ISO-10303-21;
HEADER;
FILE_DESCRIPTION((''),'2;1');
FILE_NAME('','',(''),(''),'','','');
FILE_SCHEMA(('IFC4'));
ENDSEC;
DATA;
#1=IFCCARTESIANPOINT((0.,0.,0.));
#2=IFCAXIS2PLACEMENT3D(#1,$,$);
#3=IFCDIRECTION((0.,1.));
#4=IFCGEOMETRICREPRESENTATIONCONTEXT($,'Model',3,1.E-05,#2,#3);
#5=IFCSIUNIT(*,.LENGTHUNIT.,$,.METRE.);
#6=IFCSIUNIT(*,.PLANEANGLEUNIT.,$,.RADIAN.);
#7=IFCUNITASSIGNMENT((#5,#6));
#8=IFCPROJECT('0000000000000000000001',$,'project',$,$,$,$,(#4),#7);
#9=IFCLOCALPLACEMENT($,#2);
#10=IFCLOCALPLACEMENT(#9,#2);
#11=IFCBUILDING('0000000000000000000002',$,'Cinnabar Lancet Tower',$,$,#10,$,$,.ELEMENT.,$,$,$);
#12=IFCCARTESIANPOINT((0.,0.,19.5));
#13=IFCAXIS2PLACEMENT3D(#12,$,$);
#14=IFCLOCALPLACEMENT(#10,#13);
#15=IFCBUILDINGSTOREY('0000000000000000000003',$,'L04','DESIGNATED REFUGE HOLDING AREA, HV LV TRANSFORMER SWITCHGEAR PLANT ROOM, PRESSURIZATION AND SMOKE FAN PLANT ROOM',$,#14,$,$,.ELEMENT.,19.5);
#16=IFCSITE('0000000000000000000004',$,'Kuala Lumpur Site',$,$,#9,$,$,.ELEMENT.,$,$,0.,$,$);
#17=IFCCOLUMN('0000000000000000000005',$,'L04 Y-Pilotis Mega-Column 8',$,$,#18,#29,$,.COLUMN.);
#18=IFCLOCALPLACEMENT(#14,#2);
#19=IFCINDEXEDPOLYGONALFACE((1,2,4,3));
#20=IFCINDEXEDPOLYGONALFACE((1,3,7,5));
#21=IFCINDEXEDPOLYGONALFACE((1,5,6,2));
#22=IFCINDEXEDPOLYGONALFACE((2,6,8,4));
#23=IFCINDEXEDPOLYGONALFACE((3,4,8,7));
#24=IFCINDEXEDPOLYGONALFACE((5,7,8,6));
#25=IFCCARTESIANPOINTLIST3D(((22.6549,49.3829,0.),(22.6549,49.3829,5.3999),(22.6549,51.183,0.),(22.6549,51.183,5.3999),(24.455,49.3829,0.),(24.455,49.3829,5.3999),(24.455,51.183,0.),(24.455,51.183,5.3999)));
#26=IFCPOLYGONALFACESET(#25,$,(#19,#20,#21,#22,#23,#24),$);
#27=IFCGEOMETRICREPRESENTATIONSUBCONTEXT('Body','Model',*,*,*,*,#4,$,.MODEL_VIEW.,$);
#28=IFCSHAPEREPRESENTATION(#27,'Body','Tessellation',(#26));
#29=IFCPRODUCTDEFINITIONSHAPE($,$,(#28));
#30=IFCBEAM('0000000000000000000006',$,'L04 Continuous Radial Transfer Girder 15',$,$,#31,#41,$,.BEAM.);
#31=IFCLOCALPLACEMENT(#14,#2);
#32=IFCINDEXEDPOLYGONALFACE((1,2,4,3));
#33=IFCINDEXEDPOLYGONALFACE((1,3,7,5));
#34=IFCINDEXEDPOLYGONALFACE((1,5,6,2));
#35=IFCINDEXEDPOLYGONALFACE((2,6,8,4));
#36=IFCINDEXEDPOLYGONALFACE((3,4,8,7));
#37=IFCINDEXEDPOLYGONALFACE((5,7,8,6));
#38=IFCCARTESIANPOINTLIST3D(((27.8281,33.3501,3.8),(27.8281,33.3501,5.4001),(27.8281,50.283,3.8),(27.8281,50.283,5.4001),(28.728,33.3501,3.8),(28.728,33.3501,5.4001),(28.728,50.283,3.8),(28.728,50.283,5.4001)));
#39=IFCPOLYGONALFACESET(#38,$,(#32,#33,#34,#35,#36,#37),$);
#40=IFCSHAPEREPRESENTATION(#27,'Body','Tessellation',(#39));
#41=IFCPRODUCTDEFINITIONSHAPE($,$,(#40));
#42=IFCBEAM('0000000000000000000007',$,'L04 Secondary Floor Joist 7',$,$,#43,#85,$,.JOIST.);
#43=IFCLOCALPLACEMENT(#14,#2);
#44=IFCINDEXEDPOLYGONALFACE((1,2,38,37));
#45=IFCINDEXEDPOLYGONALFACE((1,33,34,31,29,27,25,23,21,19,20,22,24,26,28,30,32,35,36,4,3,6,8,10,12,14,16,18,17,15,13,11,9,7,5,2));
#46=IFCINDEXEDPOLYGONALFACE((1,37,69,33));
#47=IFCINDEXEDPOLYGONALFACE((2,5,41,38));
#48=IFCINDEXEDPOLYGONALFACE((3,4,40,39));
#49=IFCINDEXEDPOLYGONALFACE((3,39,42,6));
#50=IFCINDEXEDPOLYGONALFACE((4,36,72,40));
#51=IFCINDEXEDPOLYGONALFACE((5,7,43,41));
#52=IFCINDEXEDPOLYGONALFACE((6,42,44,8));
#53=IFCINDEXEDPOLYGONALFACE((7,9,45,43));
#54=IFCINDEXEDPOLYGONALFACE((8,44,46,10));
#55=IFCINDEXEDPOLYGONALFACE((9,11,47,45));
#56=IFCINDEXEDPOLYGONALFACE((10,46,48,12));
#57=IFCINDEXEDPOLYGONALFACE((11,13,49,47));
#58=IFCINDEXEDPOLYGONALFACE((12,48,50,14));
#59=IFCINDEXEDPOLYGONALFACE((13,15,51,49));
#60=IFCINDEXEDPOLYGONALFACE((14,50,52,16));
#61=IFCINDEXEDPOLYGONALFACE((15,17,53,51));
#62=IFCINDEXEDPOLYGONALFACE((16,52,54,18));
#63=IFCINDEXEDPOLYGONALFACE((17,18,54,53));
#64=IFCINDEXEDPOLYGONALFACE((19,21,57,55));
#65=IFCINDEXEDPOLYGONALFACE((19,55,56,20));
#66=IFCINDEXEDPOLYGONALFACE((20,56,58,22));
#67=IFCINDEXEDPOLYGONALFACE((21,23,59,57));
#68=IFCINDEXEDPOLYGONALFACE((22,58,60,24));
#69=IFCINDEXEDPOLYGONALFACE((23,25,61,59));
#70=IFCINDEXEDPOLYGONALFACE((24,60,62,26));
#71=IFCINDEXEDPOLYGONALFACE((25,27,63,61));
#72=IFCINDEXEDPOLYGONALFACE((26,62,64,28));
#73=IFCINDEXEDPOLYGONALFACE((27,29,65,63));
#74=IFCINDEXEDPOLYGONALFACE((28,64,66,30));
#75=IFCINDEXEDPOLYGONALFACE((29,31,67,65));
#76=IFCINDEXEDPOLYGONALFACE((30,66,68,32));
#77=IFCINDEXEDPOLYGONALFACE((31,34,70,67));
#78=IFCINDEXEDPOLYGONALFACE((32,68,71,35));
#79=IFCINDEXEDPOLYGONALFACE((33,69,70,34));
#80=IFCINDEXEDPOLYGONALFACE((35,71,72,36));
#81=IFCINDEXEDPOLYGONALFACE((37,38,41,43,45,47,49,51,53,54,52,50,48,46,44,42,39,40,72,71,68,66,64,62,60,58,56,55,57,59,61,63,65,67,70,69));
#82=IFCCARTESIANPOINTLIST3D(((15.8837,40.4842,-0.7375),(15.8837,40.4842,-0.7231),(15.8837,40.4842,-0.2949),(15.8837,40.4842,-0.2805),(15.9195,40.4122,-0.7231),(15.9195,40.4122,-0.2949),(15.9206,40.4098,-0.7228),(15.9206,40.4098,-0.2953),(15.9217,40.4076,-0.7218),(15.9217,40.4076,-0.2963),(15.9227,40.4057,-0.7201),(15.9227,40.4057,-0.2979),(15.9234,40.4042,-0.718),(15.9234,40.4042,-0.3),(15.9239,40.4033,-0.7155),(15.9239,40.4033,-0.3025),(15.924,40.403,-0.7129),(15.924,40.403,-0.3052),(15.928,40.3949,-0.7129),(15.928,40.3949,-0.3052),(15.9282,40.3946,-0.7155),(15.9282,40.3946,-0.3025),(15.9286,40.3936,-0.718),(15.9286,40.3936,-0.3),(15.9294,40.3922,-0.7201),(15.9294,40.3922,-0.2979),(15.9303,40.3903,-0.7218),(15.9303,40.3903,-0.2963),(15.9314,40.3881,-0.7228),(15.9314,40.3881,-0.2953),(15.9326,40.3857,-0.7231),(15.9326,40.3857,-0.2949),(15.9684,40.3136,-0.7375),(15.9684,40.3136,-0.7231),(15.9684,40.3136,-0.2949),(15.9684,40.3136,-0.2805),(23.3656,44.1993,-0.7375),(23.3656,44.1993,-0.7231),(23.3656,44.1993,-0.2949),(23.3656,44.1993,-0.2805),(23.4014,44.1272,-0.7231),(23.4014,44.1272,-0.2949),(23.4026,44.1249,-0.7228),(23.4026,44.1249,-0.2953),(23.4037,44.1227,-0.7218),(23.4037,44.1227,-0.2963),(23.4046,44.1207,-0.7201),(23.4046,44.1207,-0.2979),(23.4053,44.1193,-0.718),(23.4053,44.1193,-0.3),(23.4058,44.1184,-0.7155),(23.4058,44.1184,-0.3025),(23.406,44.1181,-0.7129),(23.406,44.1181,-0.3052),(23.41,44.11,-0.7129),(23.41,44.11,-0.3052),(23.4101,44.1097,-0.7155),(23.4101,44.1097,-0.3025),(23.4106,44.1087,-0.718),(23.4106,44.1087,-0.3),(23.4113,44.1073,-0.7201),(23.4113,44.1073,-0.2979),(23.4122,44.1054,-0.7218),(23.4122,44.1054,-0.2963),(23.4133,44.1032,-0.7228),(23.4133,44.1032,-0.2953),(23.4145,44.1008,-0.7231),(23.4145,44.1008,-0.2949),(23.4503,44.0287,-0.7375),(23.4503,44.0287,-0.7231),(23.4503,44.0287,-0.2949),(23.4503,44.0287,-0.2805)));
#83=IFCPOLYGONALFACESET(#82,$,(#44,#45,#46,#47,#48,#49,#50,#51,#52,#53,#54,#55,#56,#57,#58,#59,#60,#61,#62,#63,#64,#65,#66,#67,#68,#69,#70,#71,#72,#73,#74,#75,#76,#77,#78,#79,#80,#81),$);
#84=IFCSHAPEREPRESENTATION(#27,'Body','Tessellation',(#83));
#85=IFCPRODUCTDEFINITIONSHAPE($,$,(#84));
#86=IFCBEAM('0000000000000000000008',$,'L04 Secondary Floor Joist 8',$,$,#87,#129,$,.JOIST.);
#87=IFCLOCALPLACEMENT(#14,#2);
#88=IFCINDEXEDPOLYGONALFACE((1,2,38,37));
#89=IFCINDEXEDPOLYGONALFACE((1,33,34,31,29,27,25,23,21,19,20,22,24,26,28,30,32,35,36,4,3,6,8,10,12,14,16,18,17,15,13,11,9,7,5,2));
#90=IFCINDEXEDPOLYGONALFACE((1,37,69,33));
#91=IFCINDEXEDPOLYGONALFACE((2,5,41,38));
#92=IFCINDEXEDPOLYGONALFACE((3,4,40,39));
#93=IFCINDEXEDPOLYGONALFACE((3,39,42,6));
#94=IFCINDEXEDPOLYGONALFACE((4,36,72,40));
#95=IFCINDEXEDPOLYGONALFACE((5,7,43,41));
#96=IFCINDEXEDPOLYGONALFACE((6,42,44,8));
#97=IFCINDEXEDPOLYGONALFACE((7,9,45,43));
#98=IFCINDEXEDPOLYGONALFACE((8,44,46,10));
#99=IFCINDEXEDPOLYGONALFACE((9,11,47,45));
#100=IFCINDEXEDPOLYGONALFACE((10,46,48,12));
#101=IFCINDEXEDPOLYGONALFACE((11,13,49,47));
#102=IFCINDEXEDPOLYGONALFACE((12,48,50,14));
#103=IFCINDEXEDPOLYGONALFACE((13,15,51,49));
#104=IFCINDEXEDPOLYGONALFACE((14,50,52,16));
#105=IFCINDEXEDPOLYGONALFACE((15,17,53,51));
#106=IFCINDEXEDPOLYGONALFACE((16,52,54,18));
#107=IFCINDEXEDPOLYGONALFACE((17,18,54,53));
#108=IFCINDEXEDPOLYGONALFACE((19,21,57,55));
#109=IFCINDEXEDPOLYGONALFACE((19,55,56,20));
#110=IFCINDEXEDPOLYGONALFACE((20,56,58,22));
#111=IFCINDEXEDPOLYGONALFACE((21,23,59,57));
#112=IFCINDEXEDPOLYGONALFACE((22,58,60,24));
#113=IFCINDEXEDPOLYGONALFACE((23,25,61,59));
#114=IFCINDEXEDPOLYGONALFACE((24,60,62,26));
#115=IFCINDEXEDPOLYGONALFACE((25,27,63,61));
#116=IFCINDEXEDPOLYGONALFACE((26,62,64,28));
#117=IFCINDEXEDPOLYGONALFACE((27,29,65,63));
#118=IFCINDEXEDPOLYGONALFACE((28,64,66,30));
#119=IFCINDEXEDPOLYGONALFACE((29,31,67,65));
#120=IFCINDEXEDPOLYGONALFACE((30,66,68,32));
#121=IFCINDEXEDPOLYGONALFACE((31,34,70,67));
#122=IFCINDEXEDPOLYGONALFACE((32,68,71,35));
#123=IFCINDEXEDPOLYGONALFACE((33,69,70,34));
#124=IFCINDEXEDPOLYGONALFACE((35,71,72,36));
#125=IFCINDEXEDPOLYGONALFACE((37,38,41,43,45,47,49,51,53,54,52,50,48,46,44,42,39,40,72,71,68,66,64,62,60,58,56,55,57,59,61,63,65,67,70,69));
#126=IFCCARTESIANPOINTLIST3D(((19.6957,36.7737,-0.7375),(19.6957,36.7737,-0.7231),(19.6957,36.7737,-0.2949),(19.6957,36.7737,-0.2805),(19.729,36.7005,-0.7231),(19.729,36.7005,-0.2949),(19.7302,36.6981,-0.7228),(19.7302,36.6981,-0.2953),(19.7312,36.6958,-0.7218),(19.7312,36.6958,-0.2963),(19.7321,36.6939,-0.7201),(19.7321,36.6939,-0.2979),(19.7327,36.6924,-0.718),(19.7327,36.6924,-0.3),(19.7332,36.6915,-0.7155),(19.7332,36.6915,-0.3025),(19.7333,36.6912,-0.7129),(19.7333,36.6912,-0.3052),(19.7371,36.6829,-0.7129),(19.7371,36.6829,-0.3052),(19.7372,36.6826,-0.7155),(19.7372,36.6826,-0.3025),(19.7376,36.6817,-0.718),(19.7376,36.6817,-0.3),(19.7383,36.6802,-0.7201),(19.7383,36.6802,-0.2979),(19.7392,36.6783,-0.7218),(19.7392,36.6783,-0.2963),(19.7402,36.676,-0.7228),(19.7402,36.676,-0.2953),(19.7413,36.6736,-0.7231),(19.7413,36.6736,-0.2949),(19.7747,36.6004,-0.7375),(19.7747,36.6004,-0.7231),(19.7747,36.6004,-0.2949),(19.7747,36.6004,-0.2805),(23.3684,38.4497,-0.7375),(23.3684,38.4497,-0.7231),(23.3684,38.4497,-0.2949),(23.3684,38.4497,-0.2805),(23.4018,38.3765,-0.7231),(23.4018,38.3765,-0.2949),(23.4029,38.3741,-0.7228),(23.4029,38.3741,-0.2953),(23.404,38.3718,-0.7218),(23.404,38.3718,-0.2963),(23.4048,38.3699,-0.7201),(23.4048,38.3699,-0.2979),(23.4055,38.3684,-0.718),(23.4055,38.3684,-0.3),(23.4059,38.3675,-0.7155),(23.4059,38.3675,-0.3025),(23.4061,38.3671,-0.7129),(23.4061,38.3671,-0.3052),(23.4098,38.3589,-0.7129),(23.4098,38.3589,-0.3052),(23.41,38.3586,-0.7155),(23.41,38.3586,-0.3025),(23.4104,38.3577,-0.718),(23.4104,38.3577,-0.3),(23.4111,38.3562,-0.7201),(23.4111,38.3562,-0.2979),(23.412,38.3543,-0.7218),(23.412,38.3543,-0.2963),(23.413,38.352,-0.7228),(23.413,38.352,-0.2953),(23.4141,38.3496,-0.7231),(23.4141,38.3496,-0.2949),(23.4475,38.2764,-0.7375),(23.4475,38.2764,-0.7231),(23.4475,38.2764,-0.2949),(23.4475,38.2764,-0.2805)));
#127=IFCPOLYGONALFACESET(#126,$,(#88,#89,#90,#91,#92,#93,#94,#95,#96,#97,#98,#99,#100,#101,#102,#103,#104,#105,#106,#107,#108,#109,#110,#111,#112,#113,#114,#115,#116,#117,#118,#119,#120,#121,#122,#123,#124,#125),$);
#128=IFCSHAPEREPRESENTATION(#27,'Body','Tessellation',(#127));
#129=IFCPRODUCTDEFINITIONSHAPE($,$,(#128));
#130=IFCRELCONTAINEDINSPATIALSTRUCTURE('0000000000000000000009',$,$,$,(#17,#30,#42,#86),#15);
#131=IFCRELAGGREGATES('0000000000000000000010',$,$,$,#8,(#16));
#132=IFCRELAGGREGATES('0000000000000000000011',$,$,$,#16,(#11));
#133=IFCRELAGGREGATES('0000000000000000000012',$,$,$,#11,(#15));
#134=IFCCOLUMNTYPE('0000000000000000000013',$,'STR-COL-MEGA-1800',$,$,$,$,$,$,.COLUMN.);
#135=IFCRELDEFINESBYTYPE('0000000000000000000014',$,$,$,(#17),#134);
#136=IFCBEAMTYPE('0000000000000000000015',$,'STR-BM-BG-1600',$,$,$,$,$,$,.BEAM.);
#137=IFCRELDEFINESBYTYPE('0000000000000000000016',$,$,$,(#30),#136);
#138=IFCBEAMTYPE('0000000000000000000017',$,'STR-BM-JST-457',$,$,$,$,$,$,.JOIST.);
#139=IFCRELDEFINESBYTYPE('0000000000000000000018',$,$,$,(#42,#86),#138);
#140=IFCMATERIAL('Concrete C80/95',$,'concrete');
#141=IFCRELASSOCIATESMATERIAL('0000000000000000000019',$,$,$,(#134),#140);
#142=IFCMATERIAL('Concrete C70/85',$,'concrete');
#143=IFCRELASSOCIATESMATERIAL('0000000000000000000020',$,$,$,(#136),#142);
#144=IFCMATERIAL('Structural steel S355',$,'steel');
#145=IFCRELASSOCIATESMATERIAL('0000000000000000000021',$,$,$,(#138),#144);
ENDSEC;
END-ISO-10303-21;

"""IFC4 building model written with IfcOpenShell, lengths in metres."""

from ifc_helpers import new_model, si_unit, direction, frame, origin, origin_2d, place, context, subcontext, project, spatial, rectangle, i_section, extrude, material, material_profile, profile_set, type_object, element, save


model = new_model("IFC4")

# Units and contexts
model_context = context("Model", 3, precision=1e-05, world=origin(), true_north=direction((0.0, 1.0)))
body_context = subcontext(model_context, "Body", "Model", "MODEL_VIEW")
ifc_project = project(units=[si_unit("LENGTHUNIT", "METRE"), si_unit("PLANEANGLEUNIT", "RADIAN")], contexts=[model_context])

# Site, building, storey
site_placement = place(None, origin())
site = spatial("IfcSite", under=ifc_project, at=site_placement, Name="Kuala Lumpur Site", CompositionType="ELEMENT", RefElevation=0.0)
building_placement = place(site_placement, origin())
building = spatial("IfcBuilding", under=site, at=building_placement, Name="Cinnabar Lancet Tower", CompositionType="ELEMENT")
storey_placement = place(building_placement, frame((0.0, 0.0, 19.5)))
storey = spatial("IfcBuildingStorey", under=building, at=storey_placement, Name="L04", Description="DESIGNATED REFUGE HOLDING AREA, HV LV TRANSFORMER SWITCHGEAR PLANT ROOM, PRESSURIZATION AND SMOKE FAN PLANT ROOM", CompositionType="ELEMENT", Elevation=19.5)

# Column
ifc_material_1 = material(Name="Concrete C80/95", Category="concrete")
ifc_material_profile_1 = material_profile(ifc_material_1, rectangle(XDim=1.8, YDim=1.8, at=origin_2d()), Name="RC-MEGA 1800x1800")
ifc_profile_set_1 = profile_set([ifc_material_profile_1], Name="Concrete C80/95")
column_type = type_object("IfcColumnType", Name="STR-COL-MEGA-1800", PredefinedType="COLUMN", material=ifc_profile_set_1)
column_placement = place(storey_placement, frame((23.5549, 50.283, 0.0), z_axis=(0.0, 0.0, 1.0), x_axis=(1.0, 0.0, 0.0)))
element("IfcColumn", 1, at=column_placement, inside=storey, type_object=column_type, Name="L04 Y-Pilotis Mega-Column 8", PredefinedType="COLUMN", context=body_context, shape_type="SweptSolid", body=[
    extrude(rectangle(XDim=1.8, YDim=1.8, at=origin_2d()), origin(), (0.0, 0.0, 1.0), 5.3999),
])

# Beams
ifc_material_2 = material(Name="Concrete C70/85", Category="concrete")
ifc_material_profile_2 = material_profile(ifc_material_2, rectangle(XDim=0.8999, YDim=1.6001, at=origin_2d()), Name="RC-BG 900x1600")
ifc_profile_set_2 = profile_set([ifc_material_profile_2], Name="Concrete C70/85")
beam_type_1 = type_object("IfcBeamType", Name="STR-BM-BG-1600", PredefinedType="BEAM", material=ifc_profile_set_2)
beam_1_placement = place(storey_placement, frame((28.2781, 50.283, 4.6001), z_axis=(0.0, -1.0, 0.0), x_axis=(1.0, 0.0, 0.0)))
element("IfcBeam", 2, at=beam_1_placement, inside=storey, type_object=beam_type_1, Name="L04 Continuous Radial Transfer Girder 15", PredefinedType="BEAM", context=body_context, shape_type="SweptSolid", body=[
    extrude(rectangle(XDim=0.8999, YDim=1.6001, at=origin_2d()), origin(), (0.0, 0.0, 1.0), 16.9329),
])
ifc_material_3 = material(Name="Structural steel S355", Category="steel")
ifc_material_profile_3 = material_profile(ifc_material_3, i_section(OverallWidth=0.1904, OverallDepth=0.457, WebThickness=0.009, FlangeThickness=0.0144, FilletRadius=0.0103, at=origin_2d()), Name="UKB 457x191x74")
ifc_profile_set_3 = profile_set([ifc_material_profile_3], Name="Structural steel S355")
beam_type_2 = type_object("IfcBeamType", Name="STR-BM-JST-457", PredefinedType="JOIST", material=ifc_profile_set_3)
beam_2_placement = place(storey_placement, frame((23.408, 44.114, -0.509), z_axis=(-0.895663, -0.444734, 0.0), x_axis=(0.444734, -0.895663, 0.0)))
element("IfcBeam", 3, at=beam_2_placement, inside=storey, type_object=beam_type_2, Name="L04 Secondary Floor Joist 7", PredefinedType="JOIST", context=body_context, shape_type="SweptSolid", body=[
    extrude(i_section(OverallWidth=0.1904, OverallDepth=0.457, WebThickness=0.009, FlangeThickness=0.0144, FilletRadius=0.0103, at=origin_2d()), origin(), (0.0, 0.0, 1.0), 8.3535),
])
beam_3_placement = place(storey_placement, frame((23.408, 38.363, -0.509), z_axis=(-0.909755, -0.415147, 0.0), x_axis=(0.415147, -0.909755, 0.0)))
element("IfcBeam", 4, at=beam_3_placement, inside=storey, type_object=beam_type_2, Name="L04 Secondary Floor Joist 8", PredefinedType="JOIST", context=body_context, shape_type="SweptSolid", body=[
    extrude(i_section(OverallWidth=0.1904, OverallDepth=0.457, WebThickness=0.009, FlangeThickness=0.0144, FilletRadius=0.0103, at=origin_2d()), origin(), (0.0, 0.0, 1.0), 4.0371),
])

save(model, "model.ifc")
